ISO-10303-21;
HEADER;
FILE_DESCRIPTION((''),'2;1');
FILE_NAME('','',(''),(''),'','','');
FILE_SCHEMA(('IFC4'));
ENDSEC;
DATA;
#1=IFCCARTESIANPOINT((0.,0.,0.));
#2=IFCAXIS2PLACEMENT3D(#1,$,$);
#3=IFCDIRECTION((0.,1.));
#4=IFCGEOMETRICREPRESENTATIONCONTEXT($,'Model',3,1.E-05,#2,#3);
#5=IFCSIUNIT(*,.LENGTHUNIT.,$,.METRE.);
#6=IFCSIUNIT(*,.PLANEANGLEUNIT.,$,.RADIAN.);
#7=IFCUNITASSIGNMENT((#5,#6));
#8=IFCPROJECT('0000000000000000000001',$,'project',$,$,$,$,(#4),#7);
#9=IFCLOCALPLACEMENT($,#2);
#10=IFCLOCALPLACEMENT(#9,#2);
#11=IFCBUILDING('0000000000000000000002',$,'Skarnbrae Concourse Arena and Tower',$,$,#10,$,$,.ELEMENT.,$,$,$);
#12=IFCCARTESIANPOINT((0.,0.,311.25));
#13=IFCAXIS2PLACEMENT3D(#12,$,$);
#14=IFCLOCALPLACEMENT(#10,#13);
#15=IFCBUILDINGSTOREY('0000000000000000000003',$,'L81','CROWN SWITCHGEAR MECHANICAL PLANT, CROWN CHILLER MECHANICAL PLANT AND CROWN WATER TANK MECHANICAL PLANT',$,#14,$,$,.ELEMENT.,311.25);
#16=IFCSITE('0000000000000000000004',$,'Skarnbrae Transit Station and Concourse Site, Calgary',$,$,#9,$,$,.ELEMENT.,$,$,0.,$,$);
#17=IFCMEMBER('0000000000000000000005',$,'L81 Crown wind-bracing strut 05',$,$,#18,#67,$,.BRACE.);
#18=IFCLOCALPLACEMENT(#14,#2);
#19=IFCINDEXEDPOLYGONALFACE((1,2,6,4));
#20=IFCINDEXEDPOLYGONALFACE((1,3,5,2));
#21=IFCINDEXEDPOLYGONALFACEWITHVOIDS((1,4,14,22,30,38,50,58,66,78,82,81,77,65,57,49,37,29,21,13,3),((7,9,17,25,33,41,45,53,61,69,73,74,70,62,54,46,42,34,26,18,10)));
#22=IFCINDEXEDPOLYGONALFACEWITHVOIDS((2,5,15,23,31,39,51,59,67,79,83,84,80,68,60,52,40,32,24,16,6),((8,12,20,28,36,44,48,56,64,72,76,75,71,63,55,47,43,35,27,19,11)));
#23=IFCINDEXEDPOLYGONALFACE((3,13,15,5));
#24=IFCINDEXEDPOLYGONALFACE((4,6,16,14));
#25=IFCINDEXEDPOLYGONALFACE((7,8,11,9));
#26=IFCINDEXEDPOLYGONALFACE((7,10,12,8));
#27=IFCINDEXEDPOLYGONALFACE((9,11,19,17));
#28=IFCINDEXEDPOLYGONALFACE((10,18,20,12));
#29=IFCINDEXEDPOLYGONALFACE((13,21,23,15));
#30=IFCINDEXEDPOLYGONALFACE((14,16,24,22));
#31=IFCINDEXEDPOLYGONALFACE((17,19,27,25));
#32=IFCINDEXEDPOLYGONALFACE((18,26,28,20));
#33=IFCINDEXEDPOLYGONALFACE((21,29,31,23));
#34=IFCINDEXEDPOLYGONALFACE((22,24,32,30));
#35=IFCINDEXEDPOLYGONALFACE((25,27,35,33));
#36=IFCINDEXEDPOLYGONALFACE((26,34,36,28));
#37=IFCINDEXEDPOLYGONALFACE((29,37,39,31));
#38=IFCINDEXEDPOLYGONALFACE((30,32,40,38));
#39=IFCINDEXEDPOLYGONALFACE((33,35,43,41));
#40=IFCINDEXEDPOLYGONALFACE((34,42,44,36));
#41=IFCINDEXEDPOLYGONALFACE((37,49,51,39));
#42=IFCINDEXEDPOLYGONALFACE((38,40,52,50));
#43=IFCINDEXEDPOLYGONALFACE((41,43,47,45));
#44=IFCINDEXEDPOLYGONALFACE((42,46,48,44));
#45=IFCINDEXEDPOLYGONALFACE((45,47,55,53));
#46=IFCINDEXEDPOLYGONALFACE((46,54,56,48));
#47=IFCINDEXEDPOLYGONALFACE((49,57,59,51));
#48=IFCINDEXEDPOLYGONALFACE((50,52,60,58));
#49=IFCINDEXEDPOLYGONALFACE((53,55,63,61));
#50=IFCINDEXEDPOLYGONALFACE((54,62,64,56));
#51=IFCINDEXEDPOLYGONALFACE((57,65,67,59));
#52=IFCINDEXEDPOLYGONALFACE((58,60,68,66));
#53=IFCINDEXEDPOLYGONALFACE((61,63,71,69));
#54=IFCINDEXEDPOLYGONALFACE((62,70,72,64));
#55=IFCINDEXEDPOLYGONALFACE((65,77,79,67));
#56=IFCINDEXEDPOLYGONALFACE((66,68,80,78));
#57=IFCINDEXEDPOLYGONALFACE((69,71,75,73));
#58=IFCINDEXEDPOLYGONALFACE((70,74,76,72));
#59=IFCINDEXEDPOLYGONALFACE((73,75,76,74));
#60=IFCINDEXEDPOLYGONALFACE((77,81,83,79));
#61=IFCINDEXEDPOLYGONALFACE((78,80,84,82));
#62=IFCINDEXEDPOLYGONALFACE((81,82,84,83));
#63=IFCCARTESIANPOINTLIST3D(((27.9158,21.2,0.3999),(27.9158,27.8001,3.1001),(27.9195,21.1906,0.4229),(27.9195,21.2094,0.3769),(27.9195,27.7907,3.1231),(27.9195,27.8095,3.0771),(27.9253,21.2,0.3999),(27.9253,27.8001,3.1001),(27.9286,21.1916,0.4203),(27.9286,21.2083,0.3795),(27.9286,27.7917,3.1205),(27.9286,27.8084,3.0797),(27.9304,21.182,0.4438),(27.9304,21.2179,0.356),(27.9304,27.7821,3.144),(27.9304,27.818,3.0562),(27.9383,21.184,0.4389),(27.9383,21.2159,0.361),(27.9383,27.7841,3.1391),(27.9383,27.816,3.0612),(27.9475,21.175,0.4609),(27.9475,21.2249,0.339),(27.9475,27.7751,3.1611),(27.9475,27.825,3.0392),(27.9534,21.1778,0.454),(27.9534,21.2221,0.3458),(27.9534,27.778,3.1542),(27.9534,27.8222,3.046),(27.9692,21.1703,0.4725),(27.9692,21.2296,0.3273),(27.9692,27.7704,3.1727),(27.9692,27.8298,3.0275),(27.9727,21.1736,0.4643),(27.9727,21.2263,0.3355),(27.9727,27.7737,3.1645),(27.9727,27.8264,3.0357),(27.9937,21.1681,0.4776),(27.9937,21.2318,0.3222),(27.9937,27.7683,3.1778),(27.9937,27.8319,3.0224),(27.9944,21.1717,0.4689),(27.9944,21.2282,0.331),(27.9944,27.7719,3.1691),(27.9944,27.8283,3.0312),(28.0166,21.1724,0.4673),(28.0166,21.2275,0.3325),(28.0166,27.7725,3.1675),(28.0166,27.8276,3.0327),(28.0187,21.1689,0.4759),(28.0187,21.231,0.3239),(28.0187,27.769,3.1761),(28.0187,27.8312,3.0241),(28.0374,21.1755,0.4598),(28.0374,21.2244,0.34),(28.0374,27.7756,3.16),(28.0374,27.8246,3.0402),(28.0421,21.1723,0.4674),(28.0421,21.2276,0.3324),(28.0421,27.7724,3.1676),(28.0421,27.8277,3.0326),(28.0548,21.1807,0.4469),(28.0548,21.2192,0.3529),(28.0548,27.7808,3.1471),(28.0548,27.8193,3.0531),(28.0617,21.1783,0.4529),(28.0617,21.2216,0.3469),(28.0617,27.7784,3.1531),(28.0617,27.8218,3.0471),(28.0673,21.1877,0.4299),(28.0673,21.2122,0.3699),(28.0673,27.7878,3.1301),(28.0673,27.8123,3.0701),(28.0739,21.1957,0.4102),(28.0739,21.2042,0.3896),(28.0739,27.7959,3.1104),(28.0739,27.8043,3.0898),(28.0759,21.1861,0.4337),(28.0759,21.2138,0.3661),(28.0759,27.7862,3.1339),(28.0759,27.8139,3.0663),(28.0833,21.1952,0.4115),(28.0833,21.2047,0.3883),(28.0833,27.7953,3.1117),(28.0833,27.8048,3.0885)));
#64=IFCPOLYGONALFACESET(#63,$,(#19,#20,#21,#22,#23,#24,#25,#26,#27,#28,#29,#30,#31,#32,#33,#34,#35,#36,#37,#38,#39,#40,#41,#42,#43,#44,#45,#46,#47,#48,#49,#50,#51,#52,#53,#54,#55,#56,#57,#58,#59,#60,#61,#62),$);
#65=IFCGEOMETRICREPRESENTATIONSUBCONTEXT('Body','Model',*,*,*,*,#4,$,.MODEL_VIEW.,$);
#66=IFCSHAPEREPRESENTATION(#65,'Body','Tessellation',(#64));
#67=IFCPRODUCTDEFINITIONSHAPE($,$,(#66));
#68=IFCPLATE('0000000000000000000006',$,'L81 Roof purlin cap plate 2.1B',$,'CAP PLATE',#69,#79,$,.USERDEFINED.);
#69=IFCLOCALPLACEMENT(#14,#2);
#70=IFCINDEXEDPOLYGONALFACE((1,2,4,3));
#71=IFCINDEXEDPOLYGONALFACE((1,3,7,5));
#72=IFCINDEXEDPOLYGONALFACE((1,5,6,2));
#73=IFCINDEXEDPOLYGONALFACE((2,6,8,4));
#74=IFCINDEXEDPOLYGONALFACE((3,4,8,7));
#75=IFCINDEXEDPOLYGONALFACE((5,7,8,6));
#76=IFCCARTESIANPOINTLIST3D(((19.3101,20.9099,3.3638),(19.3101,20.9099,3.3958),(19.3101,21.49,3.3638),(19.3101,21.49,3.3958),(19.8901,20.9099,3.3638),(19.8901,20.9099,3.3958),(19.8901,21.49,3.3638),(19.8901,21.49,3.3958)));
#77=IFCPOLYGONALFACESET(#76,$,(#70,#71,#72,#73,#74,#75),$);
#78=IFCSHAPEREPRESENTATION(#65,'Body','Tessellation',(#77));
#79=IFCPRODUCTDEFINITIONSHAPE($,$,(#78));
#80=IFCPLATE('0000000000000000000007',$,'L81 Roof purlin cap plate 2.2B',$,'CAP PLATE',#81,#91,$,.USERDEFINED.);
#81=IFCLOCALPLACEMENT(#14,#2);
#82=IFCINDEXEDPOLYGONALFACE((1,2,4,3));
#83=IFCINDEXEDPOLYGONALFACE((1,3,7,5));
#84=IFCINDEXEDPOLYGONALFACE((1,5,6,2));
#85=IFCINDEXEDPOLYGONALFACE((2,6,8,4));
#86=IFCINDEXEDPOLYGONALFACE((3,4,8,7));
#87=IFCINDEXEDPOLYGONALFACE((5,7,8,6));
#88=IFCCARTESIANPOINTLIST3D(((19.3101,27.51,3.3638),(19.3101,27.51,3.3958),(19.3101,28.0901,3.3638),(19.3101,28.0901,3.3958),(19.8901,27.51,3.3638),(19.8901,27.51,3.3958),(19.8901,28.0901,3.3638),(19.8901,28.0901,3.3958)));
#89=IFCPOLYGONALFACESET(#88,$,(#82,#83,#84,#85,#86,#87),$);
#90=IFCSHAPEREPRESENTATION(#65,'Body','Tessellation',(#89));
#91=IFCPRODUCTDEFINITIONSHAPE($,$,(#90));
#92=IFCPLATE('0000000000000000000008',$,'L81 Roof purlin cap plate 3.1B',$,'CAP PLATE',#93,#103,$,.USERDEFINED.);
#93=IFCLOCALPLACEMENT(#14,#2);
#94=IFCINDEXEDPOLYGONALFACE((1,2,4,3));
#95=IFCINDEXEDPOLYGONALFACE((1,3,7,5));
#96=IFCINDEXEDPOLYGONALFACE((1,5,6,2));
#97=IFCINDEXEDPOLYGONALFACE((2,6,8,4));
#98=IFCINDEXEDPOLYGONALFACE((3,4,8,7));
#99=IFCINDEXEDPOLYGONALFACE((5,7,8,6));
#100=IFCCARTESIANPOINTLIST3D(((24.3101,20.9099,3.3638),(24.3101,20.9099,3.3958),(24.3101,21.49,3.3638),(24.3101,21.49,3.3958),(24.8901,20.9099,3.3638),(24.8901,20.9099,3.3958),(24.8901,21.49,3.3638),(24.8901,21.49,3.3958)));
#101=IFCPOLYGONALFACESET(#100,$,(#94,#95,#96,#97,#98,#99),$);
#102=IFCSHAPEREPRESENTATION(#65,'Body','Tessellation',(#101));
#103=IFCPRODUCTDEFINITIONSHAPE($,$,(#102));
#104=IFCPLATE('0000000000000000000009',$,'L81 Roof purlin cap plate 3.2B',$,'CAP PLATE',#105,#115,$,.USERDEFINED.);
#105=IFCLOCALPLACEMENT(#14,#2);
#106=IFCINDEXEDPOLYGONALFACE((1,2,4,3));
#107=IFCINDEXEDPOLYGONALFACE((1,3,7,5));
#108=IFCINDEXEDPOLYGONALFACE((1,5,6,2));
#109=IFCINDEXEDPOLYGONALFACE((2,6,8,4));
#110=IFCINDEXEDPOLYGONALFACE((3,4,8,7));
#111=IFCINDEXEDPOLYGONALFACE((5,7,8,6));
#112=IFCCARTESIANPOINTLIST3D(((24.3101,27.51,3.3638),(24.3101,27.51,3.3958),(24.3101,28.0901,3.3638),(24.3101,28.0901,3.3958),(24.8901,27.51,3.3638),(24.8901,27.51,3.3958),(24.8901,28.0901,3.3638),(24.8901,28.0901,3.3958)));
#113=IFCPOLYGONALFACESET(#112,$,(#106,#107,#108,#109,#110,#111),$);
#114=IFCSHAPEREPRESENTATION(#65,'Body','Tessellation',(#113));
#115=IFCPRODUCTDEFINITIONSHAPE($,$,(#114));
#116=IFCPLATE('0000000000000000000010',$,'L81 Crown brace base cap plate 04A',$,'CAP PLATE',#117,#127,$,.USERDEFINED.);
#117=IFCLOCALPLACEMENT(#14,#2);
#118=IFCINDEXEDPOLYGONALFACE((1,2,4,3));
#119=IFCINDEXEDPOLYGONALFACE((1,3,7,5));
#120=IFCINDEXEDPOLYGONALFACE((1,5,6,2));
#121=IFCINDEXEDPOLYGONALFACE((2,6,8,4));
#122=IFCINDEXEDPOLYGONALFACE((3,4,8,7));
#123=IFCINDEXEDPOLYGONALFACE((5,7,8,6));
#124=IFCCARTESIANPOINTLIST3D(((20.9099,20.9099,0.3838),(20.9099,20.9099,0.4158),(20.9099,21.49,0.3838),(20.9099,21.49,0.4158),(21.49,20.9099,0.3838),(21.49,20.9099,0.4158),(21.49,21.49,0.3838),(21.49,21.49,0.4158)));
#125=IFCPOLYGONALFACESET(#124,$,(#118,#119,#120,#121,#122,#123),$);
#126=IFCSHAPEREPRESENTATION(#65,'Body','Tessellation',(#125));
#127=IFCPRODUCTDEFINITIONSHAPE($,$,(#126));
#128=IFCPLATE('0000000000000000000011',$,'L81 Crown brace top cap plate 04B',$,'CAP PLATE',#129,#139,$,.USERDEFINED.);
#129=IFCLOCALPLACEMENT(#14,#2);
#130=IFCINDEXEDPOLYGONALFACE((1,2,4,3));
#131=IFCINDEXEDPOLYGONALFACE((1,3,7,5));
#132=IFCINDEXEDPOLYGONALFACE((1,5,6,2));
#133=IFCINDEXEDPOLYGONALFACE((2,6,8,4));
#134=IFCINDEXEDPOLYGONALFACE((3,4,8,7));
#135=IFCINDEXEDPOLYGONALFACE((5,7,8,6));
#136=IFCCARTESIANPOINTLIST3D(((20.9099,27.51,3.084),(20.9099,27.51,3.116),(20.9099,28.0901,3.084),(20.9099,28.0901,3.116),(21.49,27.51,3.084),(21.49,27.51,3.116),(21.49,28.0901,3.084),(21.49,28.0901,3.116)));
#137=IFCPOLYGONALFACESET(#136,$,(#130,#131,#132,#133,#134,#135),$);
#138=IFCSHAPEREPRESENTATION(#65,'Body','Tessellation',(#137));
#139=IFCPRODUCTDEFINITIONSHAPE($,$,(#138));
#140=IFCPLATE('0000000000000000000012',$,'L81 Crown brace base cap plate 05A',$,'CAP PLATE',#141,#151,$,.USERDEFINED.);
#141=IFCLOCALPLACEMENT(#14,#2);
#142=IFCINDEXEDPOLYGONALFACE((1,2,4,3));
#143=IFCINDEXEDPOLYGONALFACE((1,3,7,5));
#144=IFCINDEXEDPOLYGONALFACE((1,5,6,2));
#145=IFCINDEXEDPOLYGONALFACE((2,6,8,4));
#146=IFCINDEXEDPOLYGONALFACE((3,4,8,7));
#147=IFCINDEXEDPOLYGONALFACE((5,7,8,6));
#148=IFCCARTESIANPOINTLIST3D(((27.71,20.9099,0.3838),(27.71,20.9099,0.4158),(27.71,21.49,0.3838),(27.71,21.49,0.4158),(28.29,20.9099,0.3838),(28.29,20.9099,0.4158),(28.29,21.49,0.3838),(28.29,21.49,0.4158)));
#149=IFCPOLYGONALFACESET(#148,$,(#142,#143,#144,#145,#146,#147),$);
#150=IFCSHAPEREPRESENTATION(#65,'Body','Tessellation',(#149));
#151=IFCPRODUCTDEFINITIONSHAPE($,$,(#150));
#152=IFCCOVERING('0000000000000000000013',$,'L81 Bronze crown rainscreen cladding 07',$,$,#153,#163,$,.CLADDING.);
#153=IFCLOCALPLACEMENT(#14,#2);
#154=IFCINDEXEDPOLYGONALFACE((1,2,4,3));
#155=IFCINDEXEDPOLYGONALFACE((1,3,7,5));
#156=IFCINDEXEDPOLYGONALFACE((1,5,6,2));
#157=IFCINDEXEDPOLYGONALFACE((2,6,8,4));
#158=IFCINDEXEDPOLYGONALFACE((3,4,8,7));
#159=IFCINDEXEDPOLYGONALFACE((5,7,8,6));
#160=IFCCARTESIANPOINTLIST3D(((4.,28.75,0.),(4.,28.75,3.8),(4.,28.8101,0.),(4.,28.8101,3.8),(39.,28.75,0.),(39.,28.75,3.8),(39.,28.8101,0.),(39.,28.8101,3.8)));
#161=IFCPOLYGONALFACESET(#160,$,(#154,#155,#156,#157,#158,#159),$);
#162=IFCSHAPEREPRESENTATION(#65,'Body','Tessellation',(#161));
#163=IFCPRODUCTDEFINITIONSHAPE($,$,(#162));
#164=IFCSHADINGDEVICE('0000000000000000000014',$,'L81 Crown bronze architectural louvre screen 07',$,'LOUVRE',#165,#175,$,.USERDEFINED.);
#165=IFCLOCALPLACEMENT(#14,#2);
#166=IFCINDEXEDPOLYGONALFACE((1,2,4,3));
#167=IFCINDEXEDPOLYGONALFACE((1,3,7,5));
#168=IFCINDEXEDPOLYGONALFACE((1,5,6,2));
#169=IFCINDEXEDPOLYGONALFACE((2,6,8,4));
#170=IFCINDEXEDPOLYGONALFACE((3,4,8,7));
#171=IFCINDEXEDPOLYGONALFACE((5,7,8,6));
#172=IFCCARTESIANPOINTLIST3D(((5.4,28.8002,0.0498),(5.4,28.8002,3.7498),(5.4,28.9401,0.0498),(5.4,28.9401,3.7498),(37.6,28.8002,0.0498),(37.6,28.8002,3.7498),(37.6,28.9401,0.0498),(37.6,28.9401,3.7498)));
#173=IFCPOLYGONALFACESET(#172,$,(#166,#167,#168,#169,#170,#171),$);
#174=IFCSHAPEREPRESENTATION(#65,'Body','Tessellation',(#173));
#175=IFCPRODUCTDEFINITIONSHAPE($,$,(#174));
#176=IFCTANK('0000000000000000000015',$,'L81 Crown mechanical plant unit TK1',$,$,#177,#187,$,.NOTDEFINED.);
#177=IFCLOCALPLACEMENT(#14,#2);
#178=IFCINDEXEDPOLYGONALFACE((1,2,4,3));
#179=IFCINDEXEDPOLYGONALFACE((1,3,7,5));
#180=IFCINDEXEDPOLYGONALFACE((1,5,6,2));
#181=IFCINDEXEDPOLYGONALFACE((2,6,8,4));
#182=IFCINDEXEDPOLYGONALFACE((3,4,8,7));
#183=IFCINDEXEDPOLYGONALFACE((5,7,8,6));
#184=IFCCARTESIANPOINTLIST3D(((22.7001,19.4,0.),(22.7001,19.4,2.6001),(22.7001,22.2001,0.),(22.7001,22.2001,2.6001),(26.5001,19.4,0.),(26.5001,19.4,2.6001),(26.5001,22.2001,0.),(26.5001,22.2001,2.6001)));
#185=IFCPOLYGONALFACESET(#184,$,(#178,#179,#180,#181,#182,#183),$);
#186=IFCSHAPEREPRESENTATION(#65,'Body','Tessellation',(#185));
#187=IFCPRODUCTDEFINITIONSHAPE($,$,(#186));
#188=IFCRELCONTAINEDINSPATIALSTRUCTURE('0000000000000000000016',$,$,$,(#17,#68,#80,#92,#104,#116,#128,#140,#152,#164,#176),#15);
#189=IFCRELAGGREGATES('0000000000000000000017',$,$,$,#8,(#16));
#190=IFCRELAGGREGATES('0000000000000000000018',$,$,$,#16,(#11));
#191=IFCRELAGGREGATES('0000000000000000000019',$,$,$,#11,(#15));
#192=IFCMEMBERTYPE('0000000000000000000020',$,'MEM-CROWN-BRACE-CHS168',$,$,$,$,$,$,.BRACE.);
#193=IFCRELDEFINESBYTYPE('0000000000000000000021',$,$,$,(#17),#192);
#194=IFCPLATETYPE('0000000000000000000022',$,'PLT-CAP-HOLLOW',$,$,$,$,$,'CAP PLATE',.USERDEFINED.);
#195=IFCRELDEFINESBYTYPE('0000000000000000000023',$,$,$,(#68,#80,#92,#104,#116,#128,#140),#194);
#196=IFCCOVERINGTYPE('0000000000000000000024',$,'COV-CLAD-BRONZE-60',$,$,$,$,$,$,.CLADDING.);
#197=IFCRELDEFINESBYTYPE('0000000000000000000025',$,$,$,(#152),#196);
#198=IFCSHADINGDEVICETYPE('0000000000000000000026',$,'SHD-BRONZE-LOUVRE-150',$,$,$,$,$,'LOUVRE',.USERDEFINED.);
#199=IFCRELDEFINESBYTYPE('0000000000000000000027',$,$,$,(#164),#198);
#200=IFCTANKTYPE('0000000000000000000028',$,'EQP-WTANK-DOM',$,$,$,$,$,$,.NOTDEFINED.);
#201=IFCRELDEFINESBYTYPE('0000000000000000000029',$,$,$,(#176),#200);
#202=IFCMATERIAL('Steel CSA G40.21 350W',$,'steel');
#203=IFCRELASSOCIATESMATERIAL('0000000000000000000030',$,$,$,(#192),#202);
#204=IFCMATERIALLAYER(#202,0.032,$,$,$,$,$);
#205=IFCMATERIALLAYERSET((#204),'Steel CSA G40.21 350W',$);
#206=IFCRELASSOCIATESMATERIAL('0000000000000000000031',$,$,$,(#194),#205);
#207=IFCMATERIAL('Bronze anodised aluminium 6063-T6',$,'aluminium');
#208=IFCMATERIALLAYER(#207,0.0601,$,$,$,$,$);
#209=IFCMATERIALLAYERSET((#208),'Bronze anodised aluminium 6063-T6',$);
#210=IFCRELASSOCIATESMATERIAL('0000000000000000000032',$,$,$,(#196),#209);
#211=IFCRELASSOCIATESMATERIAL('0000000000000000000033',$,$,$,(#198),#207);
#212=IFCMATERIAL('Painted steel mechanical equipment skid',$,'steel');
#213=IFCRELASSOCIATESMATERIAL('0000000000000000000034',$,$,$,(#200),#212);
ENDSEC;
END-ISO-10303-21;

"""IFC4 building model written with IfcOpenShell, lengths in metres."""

from ifc_helpers import new_model, si_unit, direction, frame, origin, origin_2d, place, context, subcontext, project, spatial, rectangle, hollow_circle, extrude, source, transform, mapped, material, layer, layer_set, material_profile, profile_set, type_object, element, save


model = new_model("IFC4")

# Units and contexts
model_context = context("Model", 3, precision=1e-05, world=origin(), true_north=direction((0.0, 1.0)))
body_context = subcontext(model_context, "Body", "Model", "MODEL_VIEW")
ifc_project = project(units=[si_unit("LENGTHUNIT", "METRE"), si_unit("PLANEANGLEUNIT", "RADIAN")], contexts=[model_context])

# Site, building, storey
site_placement = place(None, origin())
site = spatial("IfcSite", under=ifc_project, at=site_placement, Name="Skarnbrae Transit Station and Concourse Site, Calgary", CompositionType="ELEMENT", RefElevation=0.0)
building_placement = place(site_placement, origin())
building = spatial("IfcBuilding", under=site, at=building_placement, Name="Skarnbrae Concourse Arena and Tower", CompositionType="ELEMENT")
storey_placement = place(building_placement, frame((0.0, 0.0, 311.25)))
storey = spatial("IfcBuildingStorey", under=building, at=storey_placement, Name="L81", Description="CROWN SWITCHGEAR MECHANICAL PLANT, CROWN CHILLER MECHANICAL PLANT AND CROWN WATER TANK MECHANICAL PLANT", CompositionType="ELEMENT", Elevation=311.25)

# Shared definitions
ifc_material_1 = material(Name="Steel CSA G40.21 350W", Category="steel")

# Member
ifc_material_profile_1 = material_profile(ifc_material_1, hollow_circle(Radius=0.0842, WallThickness=0.0095, at=origin_2d()), Name="HSS168X9.5")
ifc_profile_set_1 = profile_set([ifc_material_profile_1], Name="Steel CSA G40.21 350W")
member_type_1 = type_object("IfcMemberType", Name="MEM-CROWN-BRACE-CHS168", PredefinedType="BRACE", material=ifc_profile_set_1)
shared_shape_1 = source(origin(), body_context, "Body", "SweptSolid", [
    extrude(hollow_circle(Radius=0.0842, WallThickness=0.0095, at=origin_2d()), origin(), (0.0, 0.0, 1.0), 7.1311),
])
for number, where, z_axis, x_axis, name in (
    (1, (28.0, 21.2, 0.3999), (0.0, 0.925539, 0.378652), (-1.0, 0.0, 0.0), "L81 Crown wind-bracing strut 05"),
):
    element("IfcMember", number, at=place(storey_placement, frame(where, z_axis=z_axis, x_axis=x_axis)), inside=storey, type_object=member_type_1, Name=name, PredefinedType="BRACE", context=body_context, shape_type="MappedRepresentation", body=[
        mapped(shared_shape_1, transform((0.0, 0.0, 0.0))),
    ])

# Plates
ifc_layer_1 = layer(ifc_material_1, 0.032)
ifc_layer_set_1 = layer_set([ifc_layer_1], Name="Steel CSA G40.21 350W")
plate_type = type_object("IfcPlateType", Name="PLT-CAP-HOLLOW", ElementType="CAP PLATE", PredefinedType="USERDEFINED", material=ifc_layer_set_1)
shared_shape_2 = source(origin(), body_context, "Body", "SweptSolid", [
    extrude(rectangle(XDim=0.5801, YDim=0.5801, at=origin_2d()), origin(), (0.0, 0.0, 1.0), 0.032),
])
for number, where, z_axis, x_axis, name in (
    (2, (19.6001, 21.2, 3.3638), (0.0, 0.0, 1.0), (1.0, 0.0, 0.0), "L81 Roof purlin cap plate 2.1B"),
    (3, (19.6001, 27.8, 3.3638), (0.0, 0.0, 1.0), (1.0, 0.0, 0.0), "L81 Roof purlin cap plate 2.2B"),
    (4, (24.6001, 21.2, 3.3638), (0.0, 0.0, 1.0), (1.0, 0.0, 0.0), "L81 Roof purlin cap plate 3.1B"),
    (5, (24.6001, 27.8, 3.3638), (0.0, 0.0, 1.0), (1.0, 0.0, 0.0), "L81 Roof purlin cap plate 3.2B"),
    (6, (21.2, 21.2, 0.3838), (0.0, 0.0, 1.0), (1.0, 0.0, 0.0), "L81 Crown brace base cap plate 04A"),
    (7, (21.2, 27.8, 3.084), (0.0, 0.0, 1.0), (1.0, 0.0, 0.0), "L81 Crown brace top cap plate 04B"),
    (8, (28.0, 21.2, 0.3838), (0.0, 0.0, 1.0), (1.0, 0.0, 0.0), "L81 Crown brace base cap plate 05A"),
):
    element("IfcPlate", number, at=place(storey_placement, frame(where, z_axis=z_axis, x_axis=x_axis)), inside=storey, type_object=plate_type, Name=name, ObjectType="CAP PLATE", PredefinedType="USERDEFINED", context=body_context, shape_type="MappedRepresentation", body=[
        mapped(shared_shape_2, transform((0.0, 0.0, 0.0))),
    ])

# Covering
ifc_material_2 = material(Name="Bronze anodised aluminium 6063-T6", Category="aluminium")
ifc_layer_2 = layer(ifc_material_2, 0.0601)
ifc_layer_set_2 = layer_set([ifc_layer_2], Name="Bronze anodised aluminium 6063-T6")
covering_type = type_object("IfcCoveringType", Name="COV-CLAD-BRONZE-60", PredefinedType="CLADDING", material=ifc_layer_set_2)
shared_shape_3 = source(origin(), body_context, "Body", "SweptSolid", [
    extrude(rectangle(XDim=35.0, YDim=0.0601, at=origin_2d()), origin(), (0.0, 0.0, 1.0), 3.8),
])
covering_placement = place(storey_placement, frame((21.5, 28.78, 0.0), z_axis=(0.0, 0.0, 1.0), x_axis=(-1.0, 0.0, 0.0)))
element("IfcCovering", 9, at=covering_placement, inside=storey, type_object=covering_type, Name="L81 Bronze crown rainscreen cladding 07", PredefinedType="CLADDING", context=body_context, shape_type="MappedRepresentation", body=[
    mapped(shared_shape_3, transform((0.0, 0.0, 0.0))),
])

# Shading device
shading_device_type = type_object("IfcShadingDeviceType", Name="SHD-BRONZE-LOUVRE-150", ElementType="LOUVRE", PredefinedType="USERDEFINED", material=ifc_material_2)
shared_shape_4 = source(origin(), body_context, "Body", "SweptSolid", [
    extrude(rectangle(XDim=32.2, YDim=0.1399, at=origin_2d()), origin(), (0.0, 0.0, 1.0), 3.7),
])
shading_device_placement = place(storey_placement, frame((21.5, 28.8701, 0.0498), z_axis=(0.0, 0.0, 1.0), x_axis=(-1.0, 0.0, 0.0)))
element("IfcShadingDevice", 10, at=shading_device_placement, inside=storey, type_object=shading_device_type, Name="L81 Crown bronze architectural louvre screen 07", ObjectType="LOUVRE", PredefinedType="USERDEFINED", context=body_context, shape_type="MappedRepresentation", body=[
    mapped(shared_shape_4, transform((0.0, 0.0, 0.0))),
])

# Tank
ifc_material_3 = material(Name="Painted steel mechanical equipment skid", Category="steel")
tank_type = type_object("IfcTankType", Name="EQP-WTANK-DOM", PredefinedType="NOTDEFINED", material=ifc_material_3)
shared_shape_5 = source(origin(), body_context, "Body", "SweptSolid", [
    extrude(rectangle(XDim=3.8, YDim=2.8, at=origin_2d()), origin(), (0.0, 0.0, 1.0), 2.6001),
])
tank_placement = place(storey_placement, frame((24.6001, 20.8, 0.0), z_axis=(0.0, 0.0, 1.0), x_axis=(1.0, 0.0, 0.0)))
element("IfcTank", 11, at=tank_placement, inside=storey, type_object=tank_type, Name="L81 Crown mechanical plant unit TK1", PredefinedType="NOTDEFINED", context=body_context, shape_type="MappedRepresentation", body=[
    mapped(shared_shape_5, transform((0.0, 0.0, 0.0))),
])

save(model, "model.ifc")
